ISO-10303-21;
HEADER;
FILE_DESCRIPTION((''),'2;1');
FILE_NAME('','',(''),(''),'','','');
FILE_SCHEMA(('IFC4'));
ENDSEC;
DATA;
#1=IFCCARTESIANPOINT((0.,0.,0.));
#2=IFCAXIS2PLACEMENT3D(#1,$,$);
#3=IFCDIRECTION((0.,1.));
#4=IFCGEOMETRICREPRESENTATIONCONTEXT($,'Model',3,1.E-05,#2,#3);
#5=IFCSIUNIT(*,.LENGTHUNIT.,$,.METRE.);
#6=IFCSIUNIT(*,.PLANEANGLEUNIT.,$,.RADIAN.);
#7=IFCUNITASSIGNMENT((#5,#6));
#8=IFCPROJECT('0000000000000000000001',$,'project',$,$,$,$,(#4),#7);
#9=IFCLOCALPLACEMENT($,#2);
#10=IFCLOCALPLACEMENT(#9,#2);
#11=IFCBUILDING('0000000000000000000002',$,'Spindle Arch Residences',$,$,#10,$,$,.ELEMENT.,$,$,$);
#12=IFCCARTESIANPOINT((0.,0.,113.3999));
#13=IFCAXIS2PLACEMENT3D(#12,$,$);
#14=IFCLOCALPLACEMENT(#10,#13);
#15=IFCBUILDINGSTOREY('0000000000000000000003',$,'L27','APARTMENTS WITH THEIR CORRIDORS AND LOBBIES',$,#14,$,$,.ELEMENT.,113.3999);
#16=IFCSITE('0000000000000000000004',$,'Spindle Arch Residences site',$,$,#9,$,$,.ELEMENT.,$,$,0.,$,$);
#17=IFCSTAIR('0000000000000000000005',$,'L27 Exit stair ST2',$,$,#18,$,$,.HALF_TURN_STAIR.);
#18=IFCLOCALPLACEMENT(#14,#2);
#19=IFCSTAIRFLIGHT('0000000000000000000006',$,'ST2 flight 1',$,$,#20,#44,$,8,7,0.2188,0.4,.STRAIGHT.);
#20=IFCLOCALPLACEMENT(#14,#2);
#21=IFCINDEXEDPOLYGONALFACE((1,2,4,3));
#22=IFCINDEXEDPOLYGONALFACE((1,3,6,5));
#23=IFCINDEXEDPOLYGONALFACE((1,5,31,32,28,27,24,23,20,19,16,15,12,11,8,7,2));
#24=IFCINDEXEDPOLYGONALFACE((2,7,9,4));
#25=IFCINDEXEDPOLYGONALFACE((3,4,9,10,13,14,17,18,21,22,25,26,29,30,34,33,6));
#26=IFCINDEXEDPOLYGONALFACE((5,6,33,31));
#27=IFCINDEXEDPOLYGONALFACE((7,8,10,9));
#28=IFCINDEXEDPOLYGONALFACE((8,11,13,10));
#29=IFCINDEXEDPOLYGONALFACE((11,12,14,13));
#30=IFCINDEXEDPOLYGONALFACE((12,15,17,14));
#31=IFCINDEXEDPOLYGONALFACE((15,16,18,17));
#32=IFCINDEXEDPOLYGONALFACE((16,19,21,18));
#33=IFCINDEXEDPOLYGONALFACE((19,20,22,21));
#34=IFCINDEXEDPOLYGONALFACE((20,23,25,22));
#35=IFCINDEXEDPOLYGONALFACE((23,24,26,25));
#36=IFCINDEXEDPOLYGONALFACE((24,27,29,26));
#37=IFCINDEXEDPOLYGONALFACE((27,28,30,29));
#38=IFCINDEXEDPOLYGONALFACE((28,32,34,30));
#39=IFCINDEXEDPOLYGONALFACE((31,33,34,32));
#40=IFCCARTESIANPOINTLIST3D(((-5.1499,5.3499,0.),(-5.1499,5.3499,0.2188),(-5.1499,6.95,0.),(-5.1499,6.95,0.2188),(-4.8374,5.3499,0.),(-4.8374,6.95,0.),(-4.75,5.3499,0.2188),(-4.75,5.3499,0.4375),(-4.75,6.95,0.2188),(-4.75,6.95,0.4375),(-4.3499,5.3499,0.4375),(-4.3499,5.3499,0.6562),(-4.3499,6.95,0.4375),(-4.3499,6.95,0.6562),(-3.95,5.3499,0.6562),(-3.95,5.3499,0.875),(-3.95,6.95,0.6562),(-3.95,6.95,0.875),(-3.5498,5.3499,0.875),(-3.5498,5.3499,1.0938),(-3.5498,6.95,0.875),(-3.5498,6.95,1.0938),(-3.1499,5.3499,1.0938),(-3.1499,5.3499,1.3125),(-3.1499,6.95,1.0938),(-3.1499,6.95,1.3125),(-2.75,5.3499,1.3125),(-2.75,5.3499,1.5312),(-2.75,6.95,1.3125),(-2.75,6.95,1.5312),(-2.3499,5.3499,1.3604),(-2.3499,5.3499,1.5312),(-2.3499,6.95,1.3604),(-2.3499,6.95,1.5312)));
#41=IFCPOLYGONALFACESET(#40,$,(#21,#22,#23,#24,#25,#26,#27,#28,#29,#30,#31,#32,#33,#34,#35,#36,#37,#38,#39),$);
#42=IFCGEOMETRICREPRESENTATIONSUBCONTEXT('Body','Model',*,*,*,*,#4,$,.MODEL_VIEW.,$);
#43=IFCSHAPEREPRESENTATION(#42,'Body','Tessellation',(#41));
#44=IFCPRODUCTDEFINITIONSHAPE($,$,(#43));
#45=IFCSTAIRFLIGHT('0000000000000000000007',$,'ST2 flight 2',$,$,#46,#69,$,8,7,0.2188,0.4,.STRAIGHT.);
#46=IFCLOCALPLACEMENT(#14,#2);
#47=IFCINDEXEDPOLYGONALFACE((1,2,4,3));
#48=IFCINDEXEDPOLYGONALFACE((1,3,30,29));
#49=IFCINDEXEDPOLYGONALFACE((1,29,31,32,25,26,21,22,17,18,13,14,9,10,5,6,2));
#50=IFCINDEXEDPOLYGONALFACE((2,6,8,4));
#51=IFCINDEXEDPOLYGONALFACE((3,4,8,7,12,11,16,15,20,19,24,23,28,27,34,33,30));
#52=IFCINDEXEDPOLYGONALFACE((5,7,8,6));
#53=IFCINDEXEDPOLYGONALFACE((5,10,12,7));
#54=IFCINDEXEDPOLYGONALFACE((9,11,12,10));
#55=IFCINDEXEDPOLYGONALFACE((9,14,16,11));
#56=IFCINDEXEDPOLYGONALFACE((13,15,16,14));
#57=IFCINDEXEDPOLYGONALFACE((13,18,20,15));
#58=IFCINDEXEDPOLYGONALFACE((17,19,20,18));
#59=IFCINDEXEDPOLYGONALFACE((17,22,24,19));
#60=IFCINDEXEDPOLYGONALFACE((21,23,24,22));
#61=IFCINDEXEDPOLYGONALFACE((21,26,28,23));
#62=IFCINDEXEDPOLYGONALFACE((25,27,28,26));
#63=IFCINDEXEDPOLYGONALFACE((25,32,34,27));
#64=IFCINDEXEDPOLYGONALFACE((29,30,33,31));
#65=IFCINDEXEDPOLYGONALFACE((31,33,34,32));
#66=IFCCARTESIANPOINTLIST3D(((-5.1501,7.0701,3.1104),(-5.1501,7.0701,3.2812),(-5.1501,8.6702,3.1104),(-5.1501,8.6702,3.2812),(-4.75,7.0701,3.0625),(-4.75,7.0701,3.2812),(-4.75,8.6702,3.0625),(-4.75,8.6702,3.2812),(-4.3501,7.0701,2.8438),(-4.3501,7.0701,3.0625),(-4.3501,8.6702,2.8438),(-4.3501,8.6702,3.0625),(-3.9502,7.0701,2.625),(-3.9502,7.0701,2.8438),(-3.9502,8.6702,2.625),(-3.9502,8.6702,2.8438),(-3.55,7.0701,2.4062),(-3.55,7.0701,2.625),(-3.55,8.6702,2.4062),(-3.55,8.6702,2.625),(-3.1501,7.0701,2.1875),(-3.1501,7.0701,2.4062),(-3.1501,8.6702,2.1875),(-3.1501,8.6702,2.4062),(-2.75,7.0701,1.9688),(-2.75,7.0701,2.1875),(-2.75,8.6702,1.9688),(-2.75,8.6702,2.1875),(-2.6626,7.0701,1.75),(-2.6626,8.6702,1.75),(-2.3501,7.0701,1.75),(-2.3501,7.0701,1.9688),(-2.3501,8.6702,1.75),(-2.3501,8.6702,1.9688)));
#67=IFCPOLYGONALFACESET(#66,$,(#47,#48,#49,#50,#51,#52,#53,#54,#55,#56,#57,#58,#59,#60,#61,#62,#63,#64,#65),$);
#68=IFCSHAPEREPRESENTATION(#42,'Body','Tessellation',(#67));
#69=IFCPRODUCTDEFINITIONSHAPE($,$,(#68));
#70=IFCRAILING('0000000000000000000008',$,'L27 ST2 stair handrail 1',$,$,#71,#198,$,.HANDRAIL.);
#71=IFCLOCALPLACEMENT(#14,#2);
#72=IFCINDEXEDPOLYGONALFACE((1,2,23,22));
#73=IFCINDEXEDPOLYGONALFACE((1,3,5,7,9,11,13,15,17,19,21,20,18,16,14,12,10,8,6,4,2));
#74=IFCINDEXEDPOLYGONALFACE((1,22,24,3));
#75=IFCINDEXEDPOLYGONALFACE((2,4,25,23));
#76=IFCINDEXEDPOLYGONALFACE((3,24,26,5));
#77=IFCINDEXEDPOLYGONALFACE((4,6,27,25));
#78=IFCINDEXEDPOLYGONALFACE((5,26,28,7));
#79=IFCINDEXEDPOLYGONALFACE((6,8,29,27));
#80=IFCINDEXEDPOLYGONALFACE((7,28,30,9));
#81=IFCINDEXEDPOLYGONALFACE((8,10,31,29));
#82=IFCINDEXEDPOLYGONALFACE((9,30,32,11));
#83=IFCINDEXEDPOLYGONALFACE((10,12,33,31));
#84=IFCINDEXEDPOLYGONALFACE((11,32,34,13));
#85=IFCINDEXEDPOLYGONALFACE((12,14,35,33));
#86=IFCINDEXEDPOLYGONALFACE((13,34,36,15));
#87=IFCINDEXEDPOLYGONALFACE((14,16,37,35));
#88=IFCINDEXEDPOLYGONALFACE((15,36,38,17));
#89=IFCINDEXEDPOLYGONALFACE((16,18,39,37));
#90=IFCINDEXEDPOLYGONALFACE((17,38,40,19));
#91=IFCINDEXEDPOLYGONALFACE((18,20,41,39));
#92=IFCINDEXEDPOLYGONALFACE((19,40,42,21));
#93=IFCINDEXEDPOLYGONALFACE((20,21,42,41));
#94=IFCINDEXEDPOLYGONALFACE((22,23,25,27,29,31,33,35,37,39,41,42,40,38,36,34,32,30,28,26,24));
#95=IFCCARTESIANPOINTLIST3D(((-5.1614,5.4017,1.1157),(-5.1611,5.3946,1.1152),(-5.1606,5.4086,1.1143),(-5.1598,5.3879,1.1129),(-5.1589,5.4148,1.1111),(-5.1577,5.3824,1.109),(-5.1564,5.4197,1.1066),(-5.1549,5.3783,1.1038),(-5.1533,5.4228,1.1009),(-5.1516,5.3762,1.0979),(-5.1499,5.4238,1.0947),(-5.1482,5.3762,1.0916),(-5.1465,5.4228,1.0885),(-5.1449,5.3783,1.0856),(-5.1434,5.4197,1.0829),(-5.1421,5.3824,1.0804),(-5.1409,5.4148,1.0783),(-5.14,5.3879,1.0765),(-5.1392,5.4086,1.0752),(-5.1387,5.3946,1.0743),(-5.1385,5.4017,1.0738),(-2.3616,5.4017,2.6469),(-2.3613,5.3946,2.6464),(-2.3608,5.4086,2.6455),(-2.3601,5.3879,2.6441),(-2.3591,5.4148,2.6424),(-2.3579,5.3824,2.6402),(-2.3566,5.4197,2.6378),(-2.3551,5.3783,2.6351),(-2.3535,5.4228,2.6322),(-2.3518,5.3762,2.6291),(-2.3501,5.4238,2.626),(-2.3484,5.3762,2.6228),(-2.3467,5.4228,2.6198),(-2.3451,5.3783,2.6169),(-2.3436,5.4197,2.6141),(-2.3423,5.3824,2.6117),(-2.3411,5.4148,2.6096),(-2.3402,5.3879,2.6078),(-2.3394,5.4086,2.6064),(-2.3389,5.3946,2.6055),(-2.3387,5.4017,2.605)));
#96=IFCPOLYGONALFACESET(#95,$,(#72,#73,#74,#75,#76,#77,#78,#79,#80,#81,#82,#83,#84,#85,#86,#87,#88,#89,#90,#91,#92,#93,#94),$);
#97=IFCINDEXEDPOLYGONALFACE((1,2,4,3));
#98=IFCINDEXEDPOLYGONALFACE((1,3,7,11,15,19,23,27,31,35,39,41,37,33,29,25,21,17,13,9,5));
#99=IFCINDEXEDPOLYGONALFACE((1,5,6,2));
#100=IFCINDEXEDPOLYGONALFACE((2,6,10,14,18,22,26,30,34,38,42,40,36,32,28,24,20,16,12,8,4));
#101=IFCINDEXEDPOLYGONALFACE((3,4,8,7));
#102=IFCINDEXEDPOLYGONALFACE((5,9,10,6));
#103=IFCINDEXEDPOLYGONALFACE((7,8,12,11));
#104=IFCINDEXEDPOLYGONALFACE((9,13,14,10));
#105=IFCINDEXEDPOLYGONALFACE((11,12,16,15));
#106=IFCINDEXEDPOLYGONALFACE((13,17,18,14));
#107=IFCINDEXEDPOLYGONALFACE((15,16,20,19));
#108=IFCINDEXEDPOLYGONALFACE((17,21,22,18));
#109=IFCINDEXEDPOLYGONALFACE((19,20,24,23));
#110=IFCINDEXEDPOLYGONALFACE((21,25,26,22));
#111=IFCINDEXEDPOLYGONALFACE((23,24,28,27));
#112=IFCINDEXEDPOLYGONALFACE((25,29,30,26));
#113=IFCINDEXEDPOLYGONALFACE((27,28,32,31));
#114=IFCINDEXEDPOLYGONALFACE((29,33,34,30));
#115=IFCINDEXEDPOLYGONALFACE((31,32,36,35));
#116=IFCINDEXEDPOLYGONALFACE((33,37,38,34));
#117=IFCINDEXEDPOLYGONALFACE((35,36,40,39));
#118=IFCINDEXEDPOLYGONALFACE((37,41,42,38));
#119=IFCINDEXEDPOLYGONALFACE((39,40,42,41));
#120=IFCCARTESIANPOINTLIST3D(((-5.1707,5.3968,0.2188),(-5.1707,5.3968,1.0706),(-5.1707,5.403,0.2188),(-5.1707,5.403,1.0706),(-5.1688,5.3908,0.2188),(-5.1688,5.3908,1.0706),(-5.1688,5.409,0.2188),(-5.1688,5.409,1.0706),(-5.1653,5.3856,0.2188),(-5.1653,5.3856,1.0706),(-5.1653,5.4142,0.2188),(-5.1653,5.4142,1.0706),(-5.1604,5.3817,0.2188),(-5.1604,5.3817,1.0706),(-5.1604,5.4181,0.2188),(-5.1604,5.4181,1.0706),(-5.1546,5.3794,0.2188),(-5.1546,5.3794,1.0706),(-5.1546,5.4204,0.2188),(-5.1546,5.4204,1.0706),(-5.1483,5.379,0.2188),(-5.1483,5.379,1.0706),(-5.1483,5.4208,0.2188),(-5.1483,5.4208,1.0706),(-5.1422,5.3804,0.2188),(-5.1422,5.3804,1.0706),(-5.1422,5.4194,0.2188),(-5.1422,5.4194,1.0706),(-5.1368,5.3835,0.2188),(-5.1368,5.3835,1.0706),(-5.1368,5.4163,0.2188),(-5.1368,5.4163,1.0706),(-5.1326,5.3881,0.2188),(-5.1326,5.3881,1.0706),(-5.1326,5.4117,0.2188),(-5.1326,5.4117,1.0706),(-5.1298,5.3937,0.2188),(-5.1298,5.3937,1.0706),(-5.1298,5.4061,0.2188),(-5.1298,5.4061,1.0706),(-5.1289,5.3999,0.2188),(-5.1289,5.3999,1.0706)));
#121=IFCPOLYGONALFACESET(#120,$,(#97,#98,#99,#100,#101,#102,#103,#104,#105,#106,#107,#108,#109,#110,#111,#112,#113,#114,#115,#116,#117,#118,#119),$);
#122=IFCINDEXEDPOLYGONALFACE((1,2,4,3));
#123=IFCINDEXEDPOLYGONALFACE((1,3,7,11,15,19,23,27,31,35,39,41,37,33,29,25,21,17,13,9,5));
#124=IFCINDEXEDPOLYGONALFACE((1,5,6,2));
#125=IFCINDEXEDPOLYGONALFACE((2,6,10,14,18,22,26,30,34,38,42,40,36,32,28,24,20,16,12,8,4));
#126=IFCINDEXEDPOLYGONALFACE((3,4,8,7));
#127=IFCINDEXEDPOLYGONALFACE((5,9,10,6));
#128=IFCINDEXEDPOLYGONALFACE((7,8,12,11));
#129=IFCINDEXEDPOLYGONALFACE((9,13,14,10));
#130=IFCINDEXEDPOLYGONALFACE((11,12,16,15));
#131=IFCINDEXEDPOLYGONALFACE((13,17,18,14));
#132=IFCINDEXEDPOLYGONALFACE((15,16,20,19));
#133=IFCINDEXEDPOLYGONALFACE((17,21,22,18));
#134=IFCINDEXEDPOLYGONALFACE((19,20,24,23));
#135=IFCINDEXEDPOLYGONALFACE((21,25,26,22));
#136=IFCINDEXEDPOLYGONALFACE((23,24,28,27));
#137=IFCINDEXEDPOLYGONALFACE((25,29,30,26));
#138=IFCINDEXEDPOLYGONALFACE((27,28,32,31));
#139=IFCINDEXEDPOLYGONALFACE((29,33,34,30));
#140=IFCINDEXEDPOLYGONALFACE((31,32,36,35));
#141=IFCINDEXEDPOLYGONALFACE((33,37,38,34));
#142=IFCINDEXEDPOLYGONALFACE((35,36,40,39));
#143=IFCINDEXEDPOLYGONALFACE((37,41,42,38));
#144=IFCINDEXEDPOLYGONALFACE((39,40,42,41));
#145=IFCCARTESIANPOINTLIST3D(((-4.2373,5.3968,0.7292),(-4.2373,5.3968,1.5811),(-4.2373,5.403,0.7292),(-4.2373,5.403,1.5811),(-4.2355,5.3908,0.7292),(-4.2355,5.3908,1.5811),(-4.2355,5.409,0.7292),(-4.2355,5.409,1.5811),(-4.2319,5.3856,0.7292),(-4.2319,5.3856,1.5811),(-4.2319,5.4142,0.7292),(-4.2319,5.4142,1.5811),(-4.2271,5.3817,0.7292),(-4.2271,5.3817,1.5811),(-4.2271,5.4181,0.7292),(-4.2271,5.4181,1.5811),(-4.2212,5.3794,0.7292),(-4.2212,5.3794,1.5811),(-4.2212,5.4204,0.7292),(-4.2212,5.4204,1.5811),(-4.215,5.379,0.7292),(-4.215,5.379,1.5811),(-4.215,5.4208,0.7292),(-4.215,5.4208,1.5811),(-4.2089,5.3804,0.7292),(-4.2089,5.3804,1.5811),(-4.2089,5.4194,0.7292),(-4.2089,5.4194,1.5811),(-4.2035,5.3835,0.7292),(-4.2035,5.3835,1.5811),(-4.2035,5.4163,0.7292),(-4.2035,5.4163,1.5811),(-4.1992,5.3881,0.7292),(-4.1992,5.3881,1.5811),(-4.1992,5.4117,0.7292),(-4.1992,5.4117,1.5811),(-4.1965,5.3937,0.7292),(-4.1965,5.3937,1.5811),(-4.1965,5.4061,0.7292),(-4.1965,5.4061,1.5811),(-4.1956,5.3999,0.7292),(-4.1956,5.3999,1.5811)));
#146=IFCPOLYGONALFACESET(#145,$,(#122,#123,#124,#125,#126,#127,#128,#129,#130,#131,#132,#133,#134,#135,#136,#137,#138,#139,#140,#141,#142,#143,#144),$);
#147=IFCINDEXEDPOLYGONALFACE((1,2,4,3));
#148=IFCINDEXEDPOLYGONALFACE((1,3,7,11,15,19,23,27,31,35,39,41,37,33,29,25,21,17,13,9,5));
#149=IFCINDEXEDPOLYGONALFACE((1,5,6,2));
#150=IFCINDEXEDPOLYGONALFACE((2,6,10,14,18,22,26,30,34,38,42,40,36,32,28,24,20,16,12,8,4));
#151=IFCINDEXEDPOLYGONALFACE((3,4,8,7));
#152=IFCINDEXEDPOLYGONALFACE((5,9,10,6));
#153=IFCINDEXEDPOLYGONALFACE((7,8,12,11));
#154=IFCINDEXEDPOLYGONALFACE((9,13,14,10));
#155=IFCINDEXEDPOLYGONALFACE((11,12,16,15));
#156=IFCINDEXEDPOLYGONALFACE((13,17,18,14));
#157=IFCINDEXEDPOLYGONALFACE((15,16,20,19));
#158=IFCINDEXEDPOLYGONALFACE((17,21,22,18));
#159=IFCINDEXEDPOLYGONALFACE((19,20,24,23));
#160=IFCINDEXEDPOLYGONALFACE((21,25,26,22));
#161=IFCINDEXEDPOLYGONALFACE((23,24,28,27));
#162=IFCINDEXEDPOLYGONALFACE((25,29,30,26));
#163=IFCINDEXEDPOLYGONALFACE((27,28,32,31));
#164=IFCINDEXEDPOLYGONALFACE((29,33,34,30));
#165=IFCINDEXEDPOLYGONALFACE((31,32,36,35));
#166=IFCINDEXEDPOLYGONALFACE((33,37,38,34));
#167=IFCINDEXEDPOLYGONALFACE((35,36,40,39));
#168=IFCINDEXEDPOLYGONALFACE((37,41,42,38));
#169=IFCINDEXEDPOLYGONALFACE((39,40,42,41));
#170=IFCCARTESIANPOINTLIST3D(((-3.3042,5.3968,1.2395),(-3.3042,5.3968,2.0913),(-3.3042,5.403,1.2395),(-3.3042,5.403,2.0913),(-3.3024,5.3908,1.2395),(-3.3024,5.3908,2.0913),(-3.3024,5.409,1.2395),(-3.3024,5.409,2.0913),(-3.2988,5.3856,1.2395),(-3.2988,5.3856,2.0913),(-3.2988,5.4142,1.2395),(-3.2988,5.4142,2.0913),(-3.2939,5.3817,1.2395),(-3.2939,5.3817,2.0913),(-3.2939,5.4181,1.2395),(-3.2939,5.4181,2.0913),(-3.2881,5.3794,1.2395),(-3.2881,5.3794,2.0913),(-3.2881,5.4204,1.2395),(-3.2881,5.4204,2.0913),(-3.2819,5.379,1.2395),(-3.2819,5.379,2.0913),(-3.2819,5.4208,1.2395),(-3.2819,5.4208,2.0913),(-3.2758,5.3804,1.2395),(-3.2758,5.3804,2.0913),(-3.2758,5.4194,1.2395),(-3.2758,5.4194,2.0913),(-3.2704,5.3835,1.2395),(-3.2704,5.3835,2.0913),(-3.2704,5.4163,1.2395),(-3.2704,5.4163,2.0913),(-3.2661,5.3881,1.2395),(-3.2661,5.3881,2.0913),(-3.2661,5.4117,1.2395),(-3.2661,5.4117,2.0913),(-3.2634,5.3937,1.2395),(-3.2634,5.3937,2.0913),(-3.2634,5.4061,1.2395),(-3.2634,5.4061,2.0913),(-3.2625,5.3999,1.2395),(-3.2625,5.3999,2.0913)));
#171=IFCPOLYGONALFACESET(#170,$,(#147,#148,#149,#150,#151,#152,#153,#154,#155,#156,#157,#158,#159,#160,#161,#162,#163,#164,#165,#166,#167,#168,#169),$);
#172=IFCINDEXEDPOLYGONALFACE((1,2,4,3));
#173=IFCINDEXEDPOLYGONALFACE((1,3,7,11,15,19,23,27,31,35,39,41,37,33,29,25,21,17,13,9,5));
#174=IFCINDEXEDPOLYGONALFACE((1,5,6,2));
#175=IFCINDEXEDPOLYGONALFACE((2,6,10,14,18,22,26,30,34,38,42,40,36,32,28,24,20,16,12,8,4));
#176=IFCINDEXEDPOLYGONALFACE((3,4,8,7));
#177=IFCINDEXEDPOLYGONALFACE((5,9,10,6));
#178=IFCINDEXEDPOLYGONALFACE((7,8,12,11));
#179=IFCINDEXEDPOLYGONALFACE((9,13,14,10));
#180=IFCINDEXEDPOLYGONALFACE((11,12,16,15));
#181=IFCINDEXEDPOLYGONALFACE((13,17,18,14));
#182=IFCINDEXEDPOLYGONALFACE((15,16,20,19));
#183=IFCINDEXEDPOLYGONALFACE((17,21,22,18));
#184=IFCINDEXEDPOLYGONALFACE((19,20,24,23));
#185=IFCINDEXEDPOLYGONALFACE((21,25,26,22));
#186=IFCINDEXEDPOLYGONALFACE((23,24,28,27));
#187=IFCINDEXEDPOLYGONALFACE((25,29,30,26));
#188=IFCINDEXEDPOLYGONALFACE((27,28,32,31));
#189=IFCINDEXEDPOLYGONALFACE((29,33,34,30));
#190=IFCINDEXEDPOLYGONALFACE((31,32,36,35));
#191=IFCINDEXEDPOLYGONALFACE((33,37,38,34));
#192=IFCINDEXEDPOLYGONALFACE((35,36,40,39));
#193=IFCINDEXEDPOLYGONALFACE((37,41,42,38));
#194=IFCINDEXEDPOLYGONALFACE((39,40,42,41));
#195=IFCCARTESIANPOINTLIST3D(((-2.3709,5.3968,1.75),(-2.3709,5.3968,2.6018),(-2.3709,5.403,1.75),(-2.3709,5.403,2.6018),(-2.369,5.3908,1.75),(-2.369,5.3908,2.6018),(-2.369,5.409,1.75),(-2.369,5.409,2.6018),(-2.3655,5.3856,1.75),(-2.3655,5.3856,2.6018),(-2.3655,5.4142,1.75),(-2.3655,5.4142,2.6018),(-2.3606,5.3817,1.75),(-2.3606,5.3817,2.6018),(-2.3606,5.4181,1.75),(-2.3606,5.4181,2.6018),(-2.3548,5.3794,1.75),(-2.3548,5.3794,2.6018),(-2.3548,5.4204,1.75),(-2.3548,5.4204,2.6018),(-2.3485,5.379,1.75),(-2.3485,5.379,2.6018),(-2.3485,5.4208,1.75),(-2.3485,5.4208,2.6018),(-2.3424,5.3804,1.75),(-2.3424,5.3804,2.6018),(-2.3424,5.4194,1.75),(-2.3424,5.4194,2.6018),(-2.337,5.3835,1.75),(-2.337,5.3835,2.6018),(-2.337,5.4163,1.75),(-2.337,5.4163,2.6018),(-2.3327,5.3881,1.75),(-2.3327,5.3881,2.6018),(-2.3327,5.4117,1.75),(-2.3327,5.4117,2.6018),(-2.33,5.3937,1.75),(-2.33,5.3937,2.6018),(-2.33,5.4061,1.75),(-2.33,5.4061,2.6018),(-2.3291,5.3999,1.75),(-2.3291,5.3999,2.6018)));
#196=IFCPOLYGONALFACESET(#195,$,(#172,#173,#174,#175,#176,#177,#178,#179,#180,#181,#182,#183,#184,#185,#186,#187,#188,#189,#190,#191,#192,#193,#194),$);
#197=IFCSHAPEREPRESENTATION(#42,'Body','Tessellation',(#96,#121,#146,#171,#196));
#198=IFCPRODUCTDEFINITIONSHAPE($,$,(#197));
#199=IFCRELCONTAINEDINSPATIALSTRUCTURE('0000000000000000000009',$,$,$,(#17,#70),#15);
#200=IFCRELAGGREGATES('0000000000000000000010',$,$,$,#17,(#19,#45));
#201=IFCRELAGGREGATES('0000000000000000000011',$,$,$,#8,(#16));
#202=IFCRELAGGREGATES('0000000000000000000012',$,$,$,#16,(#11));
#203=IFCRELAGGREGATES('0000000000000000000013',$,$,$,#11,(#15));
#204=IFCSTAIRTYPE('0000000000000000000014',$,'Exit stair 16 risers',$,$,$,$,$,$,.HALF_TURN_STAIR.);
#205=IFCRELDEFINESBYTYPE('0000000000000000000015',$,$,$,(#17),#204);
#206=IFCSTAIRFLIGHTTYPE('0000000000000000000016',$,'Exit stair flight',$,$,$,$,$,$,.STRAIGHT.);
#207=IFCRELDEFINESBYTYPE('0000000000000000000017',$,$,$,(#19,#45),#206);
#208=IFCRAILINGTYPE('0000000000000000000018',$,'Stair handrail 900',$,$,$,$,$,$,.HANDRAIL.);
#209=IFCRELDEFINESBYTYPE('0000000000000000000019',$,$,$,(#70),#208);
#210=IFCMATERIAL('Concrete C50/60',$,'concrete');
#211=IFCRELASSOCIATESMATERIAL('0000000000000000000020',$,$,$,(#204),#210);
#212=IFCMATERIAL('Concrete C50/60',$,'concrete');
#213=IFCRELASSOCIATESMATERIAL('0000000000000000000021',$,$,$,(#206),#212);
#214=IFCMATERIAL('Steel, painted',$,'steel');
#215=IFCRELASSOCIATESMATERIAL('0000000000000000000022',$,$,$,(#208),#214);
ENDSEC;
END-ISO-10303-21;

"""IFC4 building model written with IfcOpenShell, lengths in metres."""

from ifc_helpers import new_model, si_unit, direction, frame, origin, origin_2d, place, context, subcontext, project, spatial, polyline, circle, outline, extrude, material, type_object, element, aggregate, save


model = new_model("IFC4")

# Units and contexts
model_context = context("Model", 3, precision=1e-05, world=origin(), true_north=direction((0.0, 1.0)))
body_context = subcontext(model_context, "Body", "Model", "MODEL_VIEW")
ifc_project = project(units=[si_unit("LENGTHUNIT", "METRE"), si_unit("PLANEANGLEUNIT", "RADIAN")], contexts=[model_context])

# Site, building, storey
site_placement = place(None, origin())
site = spatial("IfcSite", under=ifc_project, at=site_placement, Name="Spindle Arch Residences site", CompositionType="ELEMENT", RefElevation=0.0)
building_placement = place(site_placement, origin())
building = spatial("IfcBuilding", under=site, at=building_placement, Name="Spindle Arch Residences", CompositionType="ELEMENT")
storey_placement = place(building_placement, frame((0.0, 0.0, 113.3999)))
storey = spatial("IfcBuildingStorey", under=building, at=storey_placement, Name="L27", Description="APARTMENTS WITH THEIR CORRIDORS AND LOBBIES", CompositionType="ELEMENT", Elevation=113.3999)

# Stair, stair flights
ifc_material_1 = material(Name="Concrete C50/60", Category="concrete")
stair_type = type_object("IfcStairType", Name="Exit stair 16 risers", PredefinedType="HALF_TURN_STAIR", material=ifc_material_1)
stair_placement = place(storey_placement, origin())
stair = element("IfcStair", 1, at=stair_placement, inside=storey, type_object=stair_type, Name="L27 Exit stair ST2", PredefinedType="HALF_TURN_STAIR")
ifc_material_2 = material(Name="Concrete C50/60", Category="concrete")
stair_flight_type = type_object("IfcStairFlightType", Name="Exit stair flight", PredefinedType="STRAIGHT", material=ifc_material_2)
stair_flight_1_placement = place(storey_placement, frame((-5.1499, 6.1499, 0.0), z_axis=(0.0, 0.0, 1.0), x_axis=(1.0, 0.0, 0.0)))
stair_flight_1 = element("IfcStairFlight", 2, at=stair_flight_1_placement, type_object=stair_flight_type, Name="ST2 flight 1", NumberOfRisers=8, NumberOfTreads=7, PredefinedType="STRAIGHT", RiserHeight=0.2188, TreadLength=0.4, context=body_context, shape_type="SweptSolid", body=[
    extrude(outline(polyline([(0.0, 0.0), (0.0, 0.2188), (0.3999, 0.2188), (0.3999, 0.4375), (0.8, 0.4375), (0.8, 0.6562), (1.2, 0.6562), (1.2, 0.875), (1.6001, 0.875), (1.6001, 1.0938), (2.0, 1.0938), (2.0, 1.3125), (2.3999, 1.3125), (2.3999, 1.5312), (2.8, 1.5312), (2.8, 1.75), (2.8, 1.3604), (0.3125, 0.0), (0.0, 0.0)])), frame((0.0, 0.8, 0.0), z_axis=(0.0, -1.0, 0.0), x_axis=(1.0, 0.0, 0.0)), (0.0, 0.0, 1.0), 1.6001),
])
stair_flight_2_placement = place(storey_placement, frame((-2.3501, 7.8701, 1.75), z_axis=(0.0, 0.0, 1.0), x_axis=(-1.0, 0.0, 0.0)))
stair_flight_2 = element("IfcStairFlight", 3, at=stair_flight_2_placement, type_object=stair_flight_type, Name="ST2 flight 2", NumberOfRisers=8, NumberOfTreads=7, PredefinedType="STRAIGHT", RiserHeight=0.2188, TreadLength=0.4, context=body_context, shape_type="SweptSolid", body=[
    extrude(outline(polyline([(0.0, 0.0), (0.0, 0.2188), (0.3999, 0.2188), (0.3999, 0.4375), (0.8, 0.4375), (0.8, 0.6562), (1.2, 0.6562), (1.2, 0.875), (1.6001, 0.875), (1.6001, 1.0938), (2.0, 1.0938), (2.0, 1.3125), (2.3999, 1.3125), (2.3999, 1.5312), (2.8, 1.5312), (2.8, 1.75), (2.8, 1.3604), (0.3125, 0.0), (0.0, 0.0)])), frame((0.0, 0.8, 0.0), z_axis=(0.0, -1.0, 0.0), x_axis=(1.0, 0.0, 0.0)), (0.0, 0.0, 1.0), 1.6001),
])
aggregate(stair, [stair_flight_1, stair_flight_2])

# Railing
ifc_material_3 = material(Name="Steel, painted", Category="steel")
railing_type_1 = type_object("IfcRailingType", Name="Stair handrail 900", PredefinedType="HANDRAIL", material=ifc_material_3)
railing_1_placement = place(storey_placement, frame((-5.1499, 5.3999, 0.2188)))
element("IfcRailing", 4, at=railing_1_placement, inside=storey, type_object=railing_type_1, Name="L27 ST2 stair handrail 1", PredefinedType="HANDRAIL", context=body_context, shape_type="SweptSolid", body=[
    extrude(circle(Radius=0.0239, at=origin_2d()), frame((0.0, 0.0, 0.876), z_axis=(0.877357, 0.0, 0.479838), x_axis=(0.0, 1.0, 0.0)), (0.0, 0.0, 1.0), 3.1912),
    extrude(circle(Radius=0.021, at=origin_2d()), origin(), (0.0, 0.0, 1.0), 0.8518),
    extrude(circle(Radius=0.021, at=origin_2d()), frame((0.9333, 0.0, 0.5105)), (0.0, 0.0, 1.0), 0.8518),
    extrude(circle(Radius=0.021, at=origin_2d()), frame((1.8665, 0.0, 1.0208)), (0.0, 0.0, 1.0), 0.8518),
    extrude(circle(Radius=0.021, at=origin_2d()), frame((2.7998, 0.0, 1.5312)), (0.0, 0.0, 1.0), 0.8518),
])

save(model, "model.ifc")
